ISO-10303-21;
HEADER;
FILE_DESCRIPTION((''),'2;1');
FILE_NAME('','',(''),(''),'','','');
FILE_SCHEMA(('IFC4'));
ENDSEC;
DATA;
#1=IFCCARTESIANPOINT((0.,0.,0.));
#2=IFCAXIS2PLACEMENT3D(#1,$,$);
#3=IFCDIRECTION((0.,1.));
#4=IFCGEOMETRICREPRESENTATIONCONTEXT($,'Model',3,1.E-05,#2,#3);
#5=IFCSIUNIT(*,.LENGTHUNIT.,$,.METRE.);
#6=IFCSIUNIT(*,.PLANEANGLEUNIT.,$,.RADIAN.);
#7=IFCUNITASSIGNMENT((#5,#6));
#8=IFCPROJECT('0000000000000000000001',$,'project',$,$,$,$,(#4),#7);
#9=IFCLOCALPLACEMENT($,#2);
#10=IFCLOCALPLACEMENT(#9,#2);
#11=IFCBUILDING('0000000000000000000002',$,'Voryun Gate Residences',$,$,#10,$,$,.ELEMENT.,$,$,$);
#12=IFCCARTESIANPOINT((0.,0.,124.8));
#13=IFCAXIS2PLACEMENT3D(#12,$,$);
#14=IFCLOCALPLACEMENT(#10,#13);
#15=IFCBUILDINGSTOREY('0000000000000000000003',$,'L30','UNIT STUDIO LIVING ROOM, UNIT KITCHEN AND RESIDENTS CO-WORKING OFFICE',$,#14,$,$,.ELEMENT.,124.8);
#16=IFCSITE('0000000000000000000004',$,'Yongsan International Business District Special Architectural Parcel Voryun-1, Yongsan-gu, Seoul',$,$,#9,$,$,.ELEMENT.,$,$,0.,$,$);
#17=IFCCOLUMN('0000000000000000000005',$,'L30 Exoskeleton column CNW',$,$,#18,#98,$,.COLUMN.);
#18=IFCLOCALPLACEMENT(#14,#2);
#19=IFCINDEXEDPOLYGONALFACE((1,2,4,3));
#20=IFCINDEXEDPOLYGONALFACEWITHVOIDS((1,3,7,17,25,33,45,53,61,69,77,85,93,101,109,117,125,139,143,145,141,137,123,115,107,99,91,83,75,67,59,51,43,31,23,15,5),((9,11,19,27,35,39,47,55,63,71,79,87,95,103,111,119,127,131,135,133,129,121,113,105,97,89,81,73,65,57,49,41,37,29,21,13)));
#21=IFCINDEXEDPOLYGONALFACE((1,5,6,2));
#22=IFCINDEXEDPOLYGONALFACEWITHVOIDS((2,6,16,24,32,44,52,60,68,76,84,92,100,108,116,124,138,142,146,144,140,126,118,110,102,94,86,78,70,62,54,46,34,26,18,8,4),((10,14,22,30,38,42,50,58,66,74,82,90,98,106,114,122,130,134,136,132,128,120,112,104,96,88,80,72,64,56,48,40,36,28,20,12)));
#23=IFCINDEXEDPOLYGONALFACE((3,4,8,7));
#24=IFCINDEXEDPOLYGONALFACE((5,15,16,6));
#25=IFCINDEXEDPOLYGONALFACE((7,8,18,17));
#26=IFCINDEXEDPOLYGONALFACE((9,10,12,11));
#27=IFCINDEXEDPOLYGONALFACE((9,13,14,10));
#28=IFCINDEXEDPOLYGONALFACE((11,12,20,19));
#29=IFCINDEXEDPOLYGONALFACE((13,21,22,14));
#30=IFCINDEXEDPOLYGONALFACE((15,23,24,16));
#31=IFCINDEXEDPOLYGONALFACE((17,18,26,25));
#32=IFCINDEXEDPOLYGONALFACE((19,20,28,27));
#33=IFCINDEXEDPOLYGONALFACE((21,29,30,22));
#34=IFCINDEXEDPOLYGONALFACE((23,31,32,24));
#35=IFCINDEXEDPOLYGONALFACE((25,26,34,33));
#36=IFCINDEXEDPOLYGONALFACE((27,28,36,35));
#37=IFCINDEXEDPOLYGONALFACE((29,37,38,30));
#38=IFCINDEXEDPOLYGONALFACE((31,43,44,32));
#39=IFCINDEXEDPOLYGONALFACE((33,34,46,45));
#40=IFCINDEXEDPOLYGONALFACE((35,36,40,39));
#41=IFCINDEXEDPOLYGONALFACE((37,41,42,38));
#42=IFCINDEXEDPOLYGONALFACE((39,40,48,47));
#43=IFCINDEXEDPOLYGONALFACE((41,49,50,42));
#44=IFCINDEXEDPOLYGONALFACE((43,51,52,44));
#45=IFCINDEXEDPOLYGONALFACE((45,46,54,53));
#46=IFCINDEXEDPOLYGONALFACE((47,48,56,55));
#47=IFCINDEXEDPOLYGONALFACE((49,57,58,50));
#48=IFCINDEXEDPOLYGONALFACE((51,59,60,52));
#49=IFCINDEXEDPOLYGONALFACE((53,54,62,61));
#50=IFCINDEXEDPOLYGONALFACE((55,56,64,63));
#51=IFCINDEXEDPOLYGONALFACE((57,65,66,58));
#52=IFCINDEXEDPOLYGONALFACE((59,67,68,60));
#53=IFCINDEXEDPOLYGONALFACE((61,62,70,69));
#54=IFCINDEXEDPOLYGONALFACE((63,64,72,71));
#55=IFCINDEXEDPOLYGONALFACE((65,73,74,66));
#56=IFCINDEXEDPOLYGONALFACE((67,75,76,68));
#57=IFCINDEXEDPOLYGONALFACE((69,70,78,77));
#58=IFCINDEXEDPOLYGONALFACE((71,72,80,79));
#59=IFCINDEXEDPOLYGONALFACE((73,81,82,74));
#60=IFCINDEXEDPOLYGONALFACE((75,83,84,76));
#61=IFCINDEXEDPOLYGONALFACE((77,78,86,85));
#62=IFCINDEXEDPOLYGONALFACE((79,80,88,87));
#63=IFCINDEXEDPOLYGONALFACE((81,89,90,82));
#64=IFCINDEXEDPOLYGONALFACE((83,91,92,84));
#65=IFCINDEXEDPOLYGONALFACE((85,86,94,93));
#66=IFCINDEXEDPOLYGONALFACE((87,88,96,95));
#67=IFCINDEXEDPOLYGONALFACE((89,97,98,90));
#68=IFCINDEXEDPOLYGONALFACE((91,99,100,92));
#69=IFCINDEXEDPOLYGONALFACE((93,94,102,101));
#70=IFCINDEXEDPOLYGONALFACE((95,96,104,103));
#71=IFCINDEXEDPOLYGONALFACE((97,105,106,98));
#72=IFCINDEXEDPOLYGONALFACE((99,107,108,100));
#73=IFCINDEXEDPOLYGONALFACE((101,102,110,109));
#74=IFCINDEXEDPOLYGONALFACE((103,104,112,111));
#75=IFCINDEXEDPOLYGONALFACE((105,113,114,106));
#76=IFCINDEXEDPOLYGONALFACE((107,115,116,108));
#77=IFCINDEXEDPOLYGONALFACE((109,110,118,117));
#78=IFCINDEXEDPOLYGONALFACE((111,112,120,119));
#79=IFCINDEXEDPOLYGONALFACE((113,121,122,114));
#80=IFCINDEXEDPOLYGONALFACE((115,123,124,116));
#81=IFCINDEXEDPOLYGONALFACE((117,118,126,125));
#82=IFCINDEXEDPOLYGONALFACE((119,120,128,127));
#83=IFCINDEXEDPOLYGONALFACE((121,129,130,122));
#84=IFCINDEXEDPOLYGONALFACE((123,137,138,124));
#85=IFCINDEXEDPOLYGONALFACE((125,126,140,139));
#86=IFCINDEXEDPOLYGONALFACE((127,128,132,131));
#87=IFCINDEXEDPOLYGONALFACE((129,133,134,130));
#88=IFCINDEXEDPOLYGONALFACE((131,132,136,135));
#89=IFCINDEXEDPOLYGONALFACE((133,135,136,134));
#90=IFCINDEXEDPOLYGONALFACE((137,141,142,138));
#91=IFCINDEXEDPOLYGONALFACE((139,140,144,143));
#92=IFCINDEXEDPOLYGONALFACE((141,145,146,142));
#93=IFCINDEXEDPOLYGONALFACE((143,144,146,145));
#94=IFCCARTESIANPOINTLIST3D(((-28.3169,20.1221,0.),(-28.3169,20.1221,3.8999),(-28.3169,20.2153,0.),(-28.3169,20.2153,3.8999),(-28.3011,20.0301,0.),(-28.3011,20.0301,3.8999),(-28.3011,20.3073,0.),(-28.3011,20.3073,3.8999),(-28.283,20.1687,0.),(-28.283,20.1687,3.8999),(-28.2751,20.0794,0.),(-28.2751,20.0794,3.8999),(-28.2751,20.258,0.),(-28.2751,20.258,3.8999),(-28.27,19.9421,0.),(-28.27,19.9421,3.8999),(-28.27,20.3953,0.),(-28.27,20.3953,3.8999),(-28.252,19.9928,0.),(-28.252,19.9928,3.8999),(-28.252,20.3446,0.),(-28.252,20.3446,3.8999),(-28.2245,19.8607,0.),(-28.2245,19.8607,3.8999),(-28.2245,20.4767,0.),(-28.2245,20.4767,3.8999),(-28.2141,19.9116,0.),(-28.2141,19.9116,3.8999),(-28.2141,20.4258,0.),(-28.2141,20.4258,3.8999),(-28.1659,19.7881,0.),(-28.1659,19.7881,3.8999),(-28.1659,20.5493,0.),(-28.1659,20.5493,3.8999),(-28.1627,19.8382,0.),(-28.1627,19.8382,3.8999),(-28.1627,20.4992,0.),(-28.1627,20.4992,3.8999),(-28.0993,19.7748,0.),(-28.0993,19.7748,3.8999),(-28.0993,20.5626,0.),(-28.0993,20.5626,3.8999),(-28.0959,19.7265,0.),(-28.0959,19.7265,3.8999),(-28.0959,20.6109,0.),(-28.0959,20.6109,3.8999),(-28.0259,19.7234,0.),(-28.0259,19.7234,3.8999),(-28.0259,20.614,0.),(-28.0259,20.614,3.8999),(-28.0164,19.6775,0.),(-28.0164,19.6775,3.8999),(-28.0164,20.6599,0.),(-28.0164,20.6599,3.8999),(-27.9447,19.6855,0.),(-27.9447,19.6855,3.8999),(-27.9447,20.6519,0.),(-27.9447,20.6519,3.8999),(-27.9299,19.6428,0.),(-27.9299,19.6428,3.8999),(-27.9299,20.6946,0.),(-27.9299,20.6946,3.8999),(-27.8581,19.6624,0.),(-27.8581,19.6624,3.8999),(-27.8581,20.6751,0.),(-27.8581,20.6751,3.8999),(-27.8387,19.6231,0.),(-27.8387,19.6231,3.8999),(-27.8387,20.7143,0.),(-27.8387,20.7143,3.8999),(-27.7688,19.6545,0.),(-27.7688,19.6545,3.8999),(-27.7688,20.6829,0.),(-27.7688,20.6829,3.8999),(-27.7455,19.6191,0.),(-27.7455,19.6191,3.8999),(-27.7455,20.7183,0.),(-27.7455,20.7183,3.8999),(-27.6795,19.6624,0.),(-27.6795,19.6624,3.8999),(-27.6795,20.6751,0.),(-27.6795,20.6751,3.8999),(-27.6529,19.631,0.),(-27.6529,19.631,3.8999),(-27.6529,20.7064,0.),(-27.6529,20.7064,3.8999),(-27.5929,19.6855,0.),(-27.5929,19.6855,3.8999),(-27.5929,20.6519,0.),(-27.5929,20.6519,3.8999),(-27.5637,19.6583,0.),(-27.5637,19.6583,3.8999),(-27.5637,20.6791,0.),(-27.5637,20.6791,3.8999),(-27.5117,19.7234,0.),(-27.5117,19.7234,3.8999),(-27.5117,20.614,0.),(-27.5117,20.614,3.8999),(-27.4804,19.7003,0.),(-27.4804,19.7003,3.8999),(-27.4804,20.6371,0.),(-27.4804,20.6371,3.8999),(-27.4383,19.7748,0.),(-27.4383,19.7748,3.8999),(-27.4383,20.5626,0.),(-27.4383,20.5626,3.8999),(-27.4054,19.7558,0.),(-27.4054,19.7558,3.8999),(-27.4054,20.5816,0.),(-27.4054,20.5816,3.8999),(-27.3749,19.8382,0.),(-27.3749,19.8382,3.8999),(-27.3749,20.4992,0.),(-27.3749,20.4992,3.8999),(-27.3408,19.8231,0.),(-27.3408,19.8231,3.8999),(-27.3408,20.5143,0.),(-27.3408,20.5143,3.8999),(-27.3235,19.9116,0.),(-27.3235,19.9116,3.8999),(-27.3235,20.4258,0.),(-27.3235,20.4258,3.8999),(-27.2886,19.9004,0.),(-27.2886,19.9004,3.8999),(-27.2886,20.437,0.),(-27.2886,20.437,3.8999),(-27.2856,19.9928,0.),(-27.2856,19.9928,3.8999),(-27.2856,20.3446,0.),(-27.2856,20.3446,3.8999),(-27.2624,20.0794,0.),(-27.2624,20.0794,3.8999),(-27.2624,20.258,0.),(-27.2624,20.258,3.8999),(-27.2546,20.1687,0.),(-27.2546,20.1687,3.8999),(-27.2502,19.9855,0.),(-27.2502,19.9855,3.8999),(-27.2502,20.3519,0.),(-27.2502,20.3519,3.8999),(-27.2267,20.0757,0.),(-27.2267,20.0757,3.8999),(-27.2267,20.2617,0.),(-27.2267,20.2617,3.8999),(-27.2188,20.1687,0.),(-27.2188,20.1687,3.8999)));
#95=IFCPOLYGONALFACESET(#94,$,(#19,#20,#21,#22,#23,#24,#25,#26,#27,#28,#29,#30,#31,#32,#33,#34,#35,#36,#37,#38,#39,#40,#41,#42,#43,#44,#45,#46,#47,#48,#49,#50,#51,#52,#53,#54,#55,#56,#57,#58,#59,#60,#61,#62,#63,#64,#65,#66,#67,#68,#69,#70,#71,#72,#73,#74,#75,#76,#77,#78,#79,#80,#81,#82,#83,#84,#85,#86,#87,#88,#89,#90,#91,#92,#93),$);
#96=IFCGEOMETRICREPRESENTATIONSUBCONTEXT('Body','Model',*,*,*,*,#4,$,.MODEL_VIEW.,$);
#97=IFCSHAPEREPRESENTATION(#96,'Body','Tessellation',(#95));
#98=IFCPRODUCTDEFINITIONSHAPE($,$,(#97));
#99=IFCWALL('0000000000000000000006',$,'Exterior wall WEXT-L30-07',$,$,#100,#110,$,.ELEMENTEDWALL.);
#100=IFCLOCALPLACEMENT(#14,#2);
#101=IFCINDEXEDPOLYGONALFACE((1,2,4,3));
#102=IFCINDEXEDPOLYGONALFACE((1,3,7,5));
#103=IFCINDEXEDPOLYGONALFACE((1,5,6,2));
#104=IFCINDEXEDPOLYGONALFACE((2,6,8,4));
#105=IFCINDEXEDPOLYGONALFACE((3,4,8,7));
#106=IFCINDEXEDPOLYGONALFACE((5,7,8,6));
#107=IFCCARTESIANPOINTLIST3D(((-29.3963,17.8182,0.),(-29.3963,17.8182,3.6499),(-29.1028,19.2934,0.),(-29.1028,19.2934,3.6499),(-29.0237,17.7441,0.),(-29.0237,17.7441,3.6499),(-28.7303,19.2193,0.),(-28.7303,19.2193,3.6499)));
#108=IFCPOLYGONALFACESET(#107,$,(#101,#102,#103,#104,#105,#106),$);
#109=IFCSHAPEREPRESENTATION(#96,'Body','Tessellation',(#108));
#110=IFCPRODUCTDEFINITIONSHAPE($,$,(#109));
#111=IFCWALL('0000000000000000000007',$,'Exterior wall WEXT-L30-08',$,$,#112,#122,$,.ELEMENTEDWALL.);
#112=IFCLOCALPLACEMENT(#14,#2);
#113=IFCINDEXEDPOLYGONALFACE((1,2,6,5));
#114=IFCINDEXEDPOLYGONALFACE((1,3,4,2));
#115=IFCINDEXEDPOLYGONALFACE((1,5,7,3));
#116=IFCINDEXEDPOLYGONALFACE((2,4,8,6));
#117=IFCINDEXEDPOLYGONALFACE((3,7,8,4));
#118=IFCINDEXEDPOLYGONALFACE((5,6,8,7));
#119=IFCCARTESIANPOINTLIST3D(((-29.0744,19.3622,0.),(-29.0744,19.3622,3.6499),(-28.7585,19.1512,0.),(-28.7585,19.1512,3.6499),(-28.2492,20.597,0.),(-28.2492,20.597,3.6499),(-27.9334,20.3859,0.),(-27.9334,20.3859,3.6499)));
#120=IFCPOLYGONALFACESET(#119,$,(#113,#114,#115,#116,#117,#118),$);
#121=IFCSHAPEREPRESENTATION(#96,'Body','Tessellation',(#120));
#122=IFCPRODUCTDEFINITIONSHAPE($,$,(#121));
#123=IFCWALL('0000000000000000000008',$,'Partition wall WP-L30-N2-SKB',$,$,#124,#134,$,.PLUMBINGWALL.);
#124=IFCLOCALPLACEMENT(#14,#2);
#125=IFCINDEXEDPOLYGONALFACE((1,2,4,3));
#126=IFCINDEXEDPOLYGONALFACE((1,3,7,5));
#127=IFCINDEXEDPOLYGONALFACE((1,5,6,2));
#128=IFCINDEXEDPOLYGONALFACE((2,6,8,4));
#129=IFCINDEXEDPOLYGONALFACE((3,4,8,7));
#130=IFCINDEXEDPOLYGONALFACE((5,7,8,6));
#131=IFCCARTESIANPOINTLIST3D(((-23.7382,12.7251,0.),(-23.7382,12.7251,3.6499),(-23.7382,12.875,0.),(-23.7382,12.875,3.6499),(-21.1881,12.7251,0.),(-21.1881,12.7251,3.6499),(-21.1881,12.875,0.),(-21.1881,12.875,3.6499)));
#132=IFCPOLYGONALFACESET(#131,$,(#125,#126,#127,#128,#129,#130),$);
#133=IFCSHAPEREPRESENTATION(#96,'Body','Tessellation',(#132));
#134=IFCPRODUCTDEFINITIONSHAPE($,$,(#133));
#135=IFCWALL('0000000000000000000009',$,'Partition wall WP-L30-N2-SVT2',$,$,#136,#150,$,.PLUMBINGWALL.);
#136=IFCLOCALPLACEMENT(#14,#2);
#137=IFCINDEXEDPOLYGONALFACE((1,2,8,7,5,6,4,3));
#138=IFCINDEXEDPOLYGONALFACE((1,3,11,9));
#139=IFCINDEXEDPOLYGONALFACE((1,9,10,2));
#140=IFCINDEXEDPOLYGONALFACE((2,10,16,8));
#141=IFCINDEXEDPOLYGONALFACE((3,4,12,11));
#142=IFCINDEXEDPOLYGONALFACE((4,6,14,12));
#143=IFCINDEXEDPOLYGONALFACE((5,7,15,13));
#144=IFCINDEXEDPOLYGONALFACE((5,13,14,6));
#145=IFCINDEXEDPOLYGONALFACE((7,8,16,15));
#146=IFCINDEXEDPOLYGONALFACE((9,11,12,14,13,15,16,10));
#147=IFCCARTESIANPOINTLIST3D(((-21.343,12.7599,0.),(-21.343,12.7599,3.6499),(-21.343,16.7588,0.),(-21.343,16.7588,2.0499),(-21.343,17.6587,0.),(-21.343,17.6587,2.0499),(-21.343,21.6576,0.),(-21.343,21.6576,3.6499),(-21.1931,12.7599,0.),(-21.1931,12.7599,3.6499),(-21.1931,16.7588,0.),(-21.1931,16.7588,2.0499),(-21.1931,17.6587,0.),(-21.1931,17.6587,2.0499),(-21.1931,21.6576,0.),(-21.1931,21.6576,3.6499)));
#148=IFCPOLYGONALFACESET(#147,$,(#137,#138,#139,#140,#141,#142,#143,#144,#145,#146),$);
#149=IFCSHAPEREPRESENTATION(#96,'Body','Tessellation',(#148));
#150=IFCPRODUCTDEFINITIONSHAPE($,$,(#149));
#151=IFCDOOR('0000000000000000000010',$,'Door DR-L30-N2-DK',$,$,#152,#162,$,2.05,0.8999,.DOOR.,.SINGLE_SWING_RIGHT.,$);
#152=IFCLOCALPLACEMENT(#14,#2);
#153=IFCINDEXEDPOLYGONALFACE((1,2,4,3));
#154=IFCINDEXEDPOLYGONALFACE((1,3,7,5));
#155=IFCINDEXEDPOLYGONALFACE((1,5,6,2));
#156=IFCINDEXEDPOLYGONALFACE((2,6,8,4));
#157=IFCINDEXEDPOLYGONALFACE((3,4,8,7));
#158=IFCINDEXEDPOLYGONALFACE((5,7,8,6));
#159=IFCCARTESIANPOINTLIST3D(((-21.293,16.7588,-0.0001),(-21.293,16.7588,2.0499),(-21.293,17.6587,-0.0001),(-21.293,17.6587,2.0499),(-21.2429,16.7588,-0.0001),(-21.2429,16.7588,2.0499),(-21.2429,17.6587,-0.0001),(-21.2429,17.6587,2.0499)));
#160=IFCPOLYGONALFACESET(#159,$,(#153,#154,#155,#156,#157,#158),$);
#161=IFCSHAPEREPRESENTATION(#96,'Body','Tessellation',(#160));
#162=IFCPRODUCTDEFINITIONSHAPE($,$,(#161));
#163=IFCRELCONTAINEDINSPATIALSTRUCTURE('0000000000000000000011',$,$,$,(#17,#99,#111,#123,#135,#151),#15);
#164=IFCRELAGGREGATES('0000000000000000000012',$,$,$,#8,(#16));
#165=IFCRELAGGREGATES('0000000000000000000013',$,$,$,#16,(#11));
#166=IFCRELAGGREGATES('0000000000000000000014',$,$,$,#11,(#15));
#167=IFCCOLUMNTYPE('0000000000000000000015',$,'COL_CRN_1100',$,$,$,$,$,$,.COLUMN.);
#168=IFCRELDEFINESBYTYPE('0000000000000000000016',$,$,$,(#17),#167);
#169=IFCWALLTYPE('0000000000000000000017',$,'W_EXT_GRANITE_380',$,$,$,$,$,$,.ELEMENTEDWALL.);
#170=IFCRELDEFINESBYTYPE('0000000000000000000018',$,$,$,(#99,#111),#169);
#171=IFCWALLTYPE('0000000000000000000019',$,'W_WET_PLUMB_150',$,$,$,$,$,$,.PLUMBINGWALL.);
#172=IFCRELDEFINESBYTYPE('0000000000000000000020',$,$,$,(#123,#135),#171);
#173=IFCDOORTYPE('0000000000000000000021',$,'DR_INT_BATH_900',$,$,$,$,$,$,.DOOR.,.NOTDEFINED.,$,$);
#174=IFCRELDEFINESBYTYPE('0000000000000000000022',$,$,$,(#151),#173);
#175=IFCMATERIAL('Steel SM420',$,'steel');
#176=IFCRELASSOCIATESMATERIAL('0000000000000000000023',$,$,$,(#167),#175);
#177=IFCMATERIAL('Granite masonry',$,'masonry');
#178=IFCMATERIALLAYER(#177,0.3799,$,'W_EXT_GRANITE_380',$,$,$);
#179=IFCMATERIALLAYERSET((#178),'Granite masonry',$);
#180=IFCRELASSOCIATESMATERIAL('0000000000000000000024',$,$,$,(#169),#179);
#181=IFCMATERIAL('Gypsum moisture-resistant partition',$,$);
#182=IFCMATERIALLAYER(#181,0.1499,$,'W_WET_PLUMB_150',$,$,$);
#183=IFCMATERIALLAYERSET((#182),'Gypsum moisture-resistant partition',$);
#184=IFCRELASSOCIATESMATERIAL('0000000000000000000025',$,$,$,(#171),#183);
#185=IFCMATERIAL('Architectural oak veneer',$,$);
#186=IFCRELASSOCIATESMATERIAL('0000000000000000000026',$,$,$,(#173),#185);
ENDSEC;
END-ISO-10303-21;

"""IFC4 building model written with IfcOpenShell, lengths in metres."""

from ifc_helpers import new_model, si_unit, direction, frame, frame_2d, origin, origin_2d, place, context, subcontext, project, spatial, rectangle, hollow_circle, extrude, material, layer, layer_set, material_profile, profile_set, type_object, element, fill, save


model = new_model("IFC4")

# Units and contexts
model_context = context("Model", 3, precision=1e-05, world=origin(), true_north=direction((0.0, 1.0)))
body_context = subcontext(model_context, "Body", "Model", "MODEL_VIEW")
ifc_project = project(units=[si_unit("LENGTHUNIT", "METRE"), si_unit("PLANEANGLEUNIT", "RADIAN")], contexts=[model_context])

# Site, building, storey
site_placement = place(None, origin())
site = spatial("IfcSite", under=ifc_project, at=site_placement, Name="Yongsan International Business District Special Architectural Parcel Voryun-1, Yongsan-gu, Seoul", CompositionType="ELEMENT", RefElevation=0.0)
building_placement = place(site_placement, origin())
building = spatial("IfcBuilding", under=site, at=building_placement, Name="Voryun Gate Residences", CompositionType="ELEMENT")
storey_placement = place(building_placement, frame((0.0, 0.0, 124.8)))
storey = spatial("IfcBuildingStorey", under=building, at=storey_placement, Name="L30", Description="UNIT STUDIO LIVING ROOM, UNIT KITCHEN AND RESIDENTS CO-WORKING OFFICE", CompositionType="ELEMENT", Elevation=124.8)

# Column
ifc_material_1 = material(Name="Steel SM420", Category="steel")
ifc_material_profile = material_profile(ifc_material_1, hollow_circle(Radius=0.55, WallThickness=0.0359, at=origin_2d()), Name="CHS-1100x36")
ifc_profile_set = profile_set([ifc_material_profile], Name="Steel SM420")
column_type = type_object("IfcColumnType", Name="COL_CRN_1100", PredefinedType="COLUMN", material=ifc_profile_set)
column_placement = place(storey_placement, frame((-27.7688, 20.1687, 0.0), z_axis=(0.0, 0.0, 1.0), x_axis=(1.0, 0.0, 0.0)))
element("IfcColumn", 1, at=column_placement, inside=storey, type_object=column_type, Name="L30 Exoskeleton column CNW", PredefinedType="COLUMN", context=body_context, shape_type="SweptSolid", body=[
    extrude(hollow_circle(Radius=0.55, WallThickness=0.0359, at=origin_2d()), origin(), (0.0, 0.0, 1.0), 3.8999),
])

# Walls
ifc_material_2 = material(Name="Granite masonry", Category="masonry")
ifc_layer_1 = layer(ifc_material_2, 0.3799, Name="W_EXT_GRANITE_380")
ifc_layer_set_1 = layer_set([ifc_layer_1], Name="Granite masonry")
wall_type_1 = type_object("IfcWallType", Name="W_EXT_GRANITE_380", PredefinedType="ELEMENTEDWALL", material=ifc_layer_set_1)
wall_1_placement = place(storey_placement, frame((-29.21, 17.7812, 0.0), z_axis=(0.0, 0.0, 1.0), x_axis=(0.195086, 0.980786, 0.0)))
element("IfcWall", 2, at=wall_1_placement, inside=storey, type_object=wall_type_1, Name="Exterior wall WEXT-L30-07", PredefinedType="ELEMENTEDWALL", context=body_context, shape_type="SweptSolid", body=[
    extrude(rectangle(XDim=1.5042, YDim=0.3799, at=frame_2d((0.752, 0.0))), origin(), (0.0, 0.0, 1.0), 3.6499),
])
wall_2_placement = place(storey_placement, frame((-28.9165, 19.2566, 0.0), z_axis=(0.0, 0.0, 1.0), x_axis=(0.55561, 0.831443, 0.0)))
element("IfcWall", 3, at=wall_2_placement, inside=storey, type_object=wall_type_1, Name="Exterior wall WEXT-L30-08", PredefinedType="ELEMENTEDWALL", context=body_context, shape_type="SweptSolid", body=[
    extrude(rectangle(XDim=1.4851, YDim=0.3799, at=frame_2d((0.7427, 0.0))), origin(), (0.0, 0.0, 1.0), 3.6499),
])
ifc_material_3 = material(Name="Gypsum moisture-resistant partition")
ifc_layer_2 = layer(ifc_material_3, 0.1499, Name="W_WET_PLUMB_150")
ifc_layer_set_2 = layer_set([ifc_layer_2], Name="Gypsum moisture-resistant partition")
wall_type_2 = type_object("IfcWallType", Name="W_WET_PLUMB_150", PredefinedType="PLUMBINGWALL", material=ifc_layer_set_2)
wall_3_placement = place(storey_placement, frame((-23.738, 12.8, 0.0), z_axis=(0.0, 0.0, 1.0), x_axis=(1.0, 0.0, 0.0)))
element("IfcWall", 4, at=wall_3_placement, inside=storey, type_object=wall_type_2, Name="Partition wall WP-L30-N2-SKB", PredefinedType="PLUMBINGWALL", context=body_context, shape_type="SweptSolid", body=[
    extrude(rectangle(XDim=2.55, YDim=0.1499, at=frame_2d((1.2749, 0.0))), origin(), (0.0, 0.0, 1.0), 3.6499),
])

# Wall, opening, door
wall_4_placement = place(storey_placement, frame((-21.2681, 12.76, 0.0), z_axis=(0.0, 0.0, 1.0), x_axis=(0.0, 1.0, 0.0)))
wall_4 = element("IfcWall", 5, at=wall_4_placement, inside=storey, type_object=wall_type_2, Name="Partition wall WP-L30-N2-SVT2", PredefinedType="PLUMBINGWALL", context=body_context, shape_type="SweptSolid", body=[
    extrude(rectangle(XDim=8.8977, YDim=0.1499, at=frame_2d((4.4487, 0.0))), origin(), (0.0, 0.0, 1.0), 3.6499),
])
opening_placement = place(wall_4_placement, frame((3.9988, 0.0, 0.0)))
opening = element("IfcOpeningElement", 6, at=opening_placement, cuts=wall_4, PredefinedType="OPENING", context=body_context, shape_type="SweptSolid", body=[
    extrude(rectangle(XDim=0.8999, YDim=2.05, at=frame_2d((0.45, 1.0249))), frame((0.0, 0.085, 0.0), z_axis=(0.0, -1.0, 0.0), x_axis=(1.0, 0.0, 0.0)), (0.0, 0.0, 1.0), 0.1699),
])
ifc_material_4 = material(Name="Architectural oak veneer")
door_type = type_object("IfcDoorType", Name="DR_INT_BATH_900", OperationType="NOTDEFINED", PredefinedType="DOOR", material=ifc_material_4)
door_placement = place(opening_placement, origin())
door = element("IfcDoor", 7, at=door_placement, inside=storey, type_object=door_type, Name="Door DR-L30-N2-DK", OperationType="SINGLE_SWING_RIGHT", OverallHeight=2.05, OverallWidth=0.8999, PredefinedType="DOOR", context=body_context, shape_type="SweptSolid", body=[
    extrude(rectangle(XDim=0.8999, YDim=2.05, at=frame_2d((0.45, 1.0249))), frame((0.0, 0.0249, 0.0), z_axis=(0.0, -1.0, 0.0), x_axis=(1.0, 0.0, 0.0)), (0.0, 0.0, 1.0), 0.05),
])
fill(opening, door)

save(model, "model.ifc")
